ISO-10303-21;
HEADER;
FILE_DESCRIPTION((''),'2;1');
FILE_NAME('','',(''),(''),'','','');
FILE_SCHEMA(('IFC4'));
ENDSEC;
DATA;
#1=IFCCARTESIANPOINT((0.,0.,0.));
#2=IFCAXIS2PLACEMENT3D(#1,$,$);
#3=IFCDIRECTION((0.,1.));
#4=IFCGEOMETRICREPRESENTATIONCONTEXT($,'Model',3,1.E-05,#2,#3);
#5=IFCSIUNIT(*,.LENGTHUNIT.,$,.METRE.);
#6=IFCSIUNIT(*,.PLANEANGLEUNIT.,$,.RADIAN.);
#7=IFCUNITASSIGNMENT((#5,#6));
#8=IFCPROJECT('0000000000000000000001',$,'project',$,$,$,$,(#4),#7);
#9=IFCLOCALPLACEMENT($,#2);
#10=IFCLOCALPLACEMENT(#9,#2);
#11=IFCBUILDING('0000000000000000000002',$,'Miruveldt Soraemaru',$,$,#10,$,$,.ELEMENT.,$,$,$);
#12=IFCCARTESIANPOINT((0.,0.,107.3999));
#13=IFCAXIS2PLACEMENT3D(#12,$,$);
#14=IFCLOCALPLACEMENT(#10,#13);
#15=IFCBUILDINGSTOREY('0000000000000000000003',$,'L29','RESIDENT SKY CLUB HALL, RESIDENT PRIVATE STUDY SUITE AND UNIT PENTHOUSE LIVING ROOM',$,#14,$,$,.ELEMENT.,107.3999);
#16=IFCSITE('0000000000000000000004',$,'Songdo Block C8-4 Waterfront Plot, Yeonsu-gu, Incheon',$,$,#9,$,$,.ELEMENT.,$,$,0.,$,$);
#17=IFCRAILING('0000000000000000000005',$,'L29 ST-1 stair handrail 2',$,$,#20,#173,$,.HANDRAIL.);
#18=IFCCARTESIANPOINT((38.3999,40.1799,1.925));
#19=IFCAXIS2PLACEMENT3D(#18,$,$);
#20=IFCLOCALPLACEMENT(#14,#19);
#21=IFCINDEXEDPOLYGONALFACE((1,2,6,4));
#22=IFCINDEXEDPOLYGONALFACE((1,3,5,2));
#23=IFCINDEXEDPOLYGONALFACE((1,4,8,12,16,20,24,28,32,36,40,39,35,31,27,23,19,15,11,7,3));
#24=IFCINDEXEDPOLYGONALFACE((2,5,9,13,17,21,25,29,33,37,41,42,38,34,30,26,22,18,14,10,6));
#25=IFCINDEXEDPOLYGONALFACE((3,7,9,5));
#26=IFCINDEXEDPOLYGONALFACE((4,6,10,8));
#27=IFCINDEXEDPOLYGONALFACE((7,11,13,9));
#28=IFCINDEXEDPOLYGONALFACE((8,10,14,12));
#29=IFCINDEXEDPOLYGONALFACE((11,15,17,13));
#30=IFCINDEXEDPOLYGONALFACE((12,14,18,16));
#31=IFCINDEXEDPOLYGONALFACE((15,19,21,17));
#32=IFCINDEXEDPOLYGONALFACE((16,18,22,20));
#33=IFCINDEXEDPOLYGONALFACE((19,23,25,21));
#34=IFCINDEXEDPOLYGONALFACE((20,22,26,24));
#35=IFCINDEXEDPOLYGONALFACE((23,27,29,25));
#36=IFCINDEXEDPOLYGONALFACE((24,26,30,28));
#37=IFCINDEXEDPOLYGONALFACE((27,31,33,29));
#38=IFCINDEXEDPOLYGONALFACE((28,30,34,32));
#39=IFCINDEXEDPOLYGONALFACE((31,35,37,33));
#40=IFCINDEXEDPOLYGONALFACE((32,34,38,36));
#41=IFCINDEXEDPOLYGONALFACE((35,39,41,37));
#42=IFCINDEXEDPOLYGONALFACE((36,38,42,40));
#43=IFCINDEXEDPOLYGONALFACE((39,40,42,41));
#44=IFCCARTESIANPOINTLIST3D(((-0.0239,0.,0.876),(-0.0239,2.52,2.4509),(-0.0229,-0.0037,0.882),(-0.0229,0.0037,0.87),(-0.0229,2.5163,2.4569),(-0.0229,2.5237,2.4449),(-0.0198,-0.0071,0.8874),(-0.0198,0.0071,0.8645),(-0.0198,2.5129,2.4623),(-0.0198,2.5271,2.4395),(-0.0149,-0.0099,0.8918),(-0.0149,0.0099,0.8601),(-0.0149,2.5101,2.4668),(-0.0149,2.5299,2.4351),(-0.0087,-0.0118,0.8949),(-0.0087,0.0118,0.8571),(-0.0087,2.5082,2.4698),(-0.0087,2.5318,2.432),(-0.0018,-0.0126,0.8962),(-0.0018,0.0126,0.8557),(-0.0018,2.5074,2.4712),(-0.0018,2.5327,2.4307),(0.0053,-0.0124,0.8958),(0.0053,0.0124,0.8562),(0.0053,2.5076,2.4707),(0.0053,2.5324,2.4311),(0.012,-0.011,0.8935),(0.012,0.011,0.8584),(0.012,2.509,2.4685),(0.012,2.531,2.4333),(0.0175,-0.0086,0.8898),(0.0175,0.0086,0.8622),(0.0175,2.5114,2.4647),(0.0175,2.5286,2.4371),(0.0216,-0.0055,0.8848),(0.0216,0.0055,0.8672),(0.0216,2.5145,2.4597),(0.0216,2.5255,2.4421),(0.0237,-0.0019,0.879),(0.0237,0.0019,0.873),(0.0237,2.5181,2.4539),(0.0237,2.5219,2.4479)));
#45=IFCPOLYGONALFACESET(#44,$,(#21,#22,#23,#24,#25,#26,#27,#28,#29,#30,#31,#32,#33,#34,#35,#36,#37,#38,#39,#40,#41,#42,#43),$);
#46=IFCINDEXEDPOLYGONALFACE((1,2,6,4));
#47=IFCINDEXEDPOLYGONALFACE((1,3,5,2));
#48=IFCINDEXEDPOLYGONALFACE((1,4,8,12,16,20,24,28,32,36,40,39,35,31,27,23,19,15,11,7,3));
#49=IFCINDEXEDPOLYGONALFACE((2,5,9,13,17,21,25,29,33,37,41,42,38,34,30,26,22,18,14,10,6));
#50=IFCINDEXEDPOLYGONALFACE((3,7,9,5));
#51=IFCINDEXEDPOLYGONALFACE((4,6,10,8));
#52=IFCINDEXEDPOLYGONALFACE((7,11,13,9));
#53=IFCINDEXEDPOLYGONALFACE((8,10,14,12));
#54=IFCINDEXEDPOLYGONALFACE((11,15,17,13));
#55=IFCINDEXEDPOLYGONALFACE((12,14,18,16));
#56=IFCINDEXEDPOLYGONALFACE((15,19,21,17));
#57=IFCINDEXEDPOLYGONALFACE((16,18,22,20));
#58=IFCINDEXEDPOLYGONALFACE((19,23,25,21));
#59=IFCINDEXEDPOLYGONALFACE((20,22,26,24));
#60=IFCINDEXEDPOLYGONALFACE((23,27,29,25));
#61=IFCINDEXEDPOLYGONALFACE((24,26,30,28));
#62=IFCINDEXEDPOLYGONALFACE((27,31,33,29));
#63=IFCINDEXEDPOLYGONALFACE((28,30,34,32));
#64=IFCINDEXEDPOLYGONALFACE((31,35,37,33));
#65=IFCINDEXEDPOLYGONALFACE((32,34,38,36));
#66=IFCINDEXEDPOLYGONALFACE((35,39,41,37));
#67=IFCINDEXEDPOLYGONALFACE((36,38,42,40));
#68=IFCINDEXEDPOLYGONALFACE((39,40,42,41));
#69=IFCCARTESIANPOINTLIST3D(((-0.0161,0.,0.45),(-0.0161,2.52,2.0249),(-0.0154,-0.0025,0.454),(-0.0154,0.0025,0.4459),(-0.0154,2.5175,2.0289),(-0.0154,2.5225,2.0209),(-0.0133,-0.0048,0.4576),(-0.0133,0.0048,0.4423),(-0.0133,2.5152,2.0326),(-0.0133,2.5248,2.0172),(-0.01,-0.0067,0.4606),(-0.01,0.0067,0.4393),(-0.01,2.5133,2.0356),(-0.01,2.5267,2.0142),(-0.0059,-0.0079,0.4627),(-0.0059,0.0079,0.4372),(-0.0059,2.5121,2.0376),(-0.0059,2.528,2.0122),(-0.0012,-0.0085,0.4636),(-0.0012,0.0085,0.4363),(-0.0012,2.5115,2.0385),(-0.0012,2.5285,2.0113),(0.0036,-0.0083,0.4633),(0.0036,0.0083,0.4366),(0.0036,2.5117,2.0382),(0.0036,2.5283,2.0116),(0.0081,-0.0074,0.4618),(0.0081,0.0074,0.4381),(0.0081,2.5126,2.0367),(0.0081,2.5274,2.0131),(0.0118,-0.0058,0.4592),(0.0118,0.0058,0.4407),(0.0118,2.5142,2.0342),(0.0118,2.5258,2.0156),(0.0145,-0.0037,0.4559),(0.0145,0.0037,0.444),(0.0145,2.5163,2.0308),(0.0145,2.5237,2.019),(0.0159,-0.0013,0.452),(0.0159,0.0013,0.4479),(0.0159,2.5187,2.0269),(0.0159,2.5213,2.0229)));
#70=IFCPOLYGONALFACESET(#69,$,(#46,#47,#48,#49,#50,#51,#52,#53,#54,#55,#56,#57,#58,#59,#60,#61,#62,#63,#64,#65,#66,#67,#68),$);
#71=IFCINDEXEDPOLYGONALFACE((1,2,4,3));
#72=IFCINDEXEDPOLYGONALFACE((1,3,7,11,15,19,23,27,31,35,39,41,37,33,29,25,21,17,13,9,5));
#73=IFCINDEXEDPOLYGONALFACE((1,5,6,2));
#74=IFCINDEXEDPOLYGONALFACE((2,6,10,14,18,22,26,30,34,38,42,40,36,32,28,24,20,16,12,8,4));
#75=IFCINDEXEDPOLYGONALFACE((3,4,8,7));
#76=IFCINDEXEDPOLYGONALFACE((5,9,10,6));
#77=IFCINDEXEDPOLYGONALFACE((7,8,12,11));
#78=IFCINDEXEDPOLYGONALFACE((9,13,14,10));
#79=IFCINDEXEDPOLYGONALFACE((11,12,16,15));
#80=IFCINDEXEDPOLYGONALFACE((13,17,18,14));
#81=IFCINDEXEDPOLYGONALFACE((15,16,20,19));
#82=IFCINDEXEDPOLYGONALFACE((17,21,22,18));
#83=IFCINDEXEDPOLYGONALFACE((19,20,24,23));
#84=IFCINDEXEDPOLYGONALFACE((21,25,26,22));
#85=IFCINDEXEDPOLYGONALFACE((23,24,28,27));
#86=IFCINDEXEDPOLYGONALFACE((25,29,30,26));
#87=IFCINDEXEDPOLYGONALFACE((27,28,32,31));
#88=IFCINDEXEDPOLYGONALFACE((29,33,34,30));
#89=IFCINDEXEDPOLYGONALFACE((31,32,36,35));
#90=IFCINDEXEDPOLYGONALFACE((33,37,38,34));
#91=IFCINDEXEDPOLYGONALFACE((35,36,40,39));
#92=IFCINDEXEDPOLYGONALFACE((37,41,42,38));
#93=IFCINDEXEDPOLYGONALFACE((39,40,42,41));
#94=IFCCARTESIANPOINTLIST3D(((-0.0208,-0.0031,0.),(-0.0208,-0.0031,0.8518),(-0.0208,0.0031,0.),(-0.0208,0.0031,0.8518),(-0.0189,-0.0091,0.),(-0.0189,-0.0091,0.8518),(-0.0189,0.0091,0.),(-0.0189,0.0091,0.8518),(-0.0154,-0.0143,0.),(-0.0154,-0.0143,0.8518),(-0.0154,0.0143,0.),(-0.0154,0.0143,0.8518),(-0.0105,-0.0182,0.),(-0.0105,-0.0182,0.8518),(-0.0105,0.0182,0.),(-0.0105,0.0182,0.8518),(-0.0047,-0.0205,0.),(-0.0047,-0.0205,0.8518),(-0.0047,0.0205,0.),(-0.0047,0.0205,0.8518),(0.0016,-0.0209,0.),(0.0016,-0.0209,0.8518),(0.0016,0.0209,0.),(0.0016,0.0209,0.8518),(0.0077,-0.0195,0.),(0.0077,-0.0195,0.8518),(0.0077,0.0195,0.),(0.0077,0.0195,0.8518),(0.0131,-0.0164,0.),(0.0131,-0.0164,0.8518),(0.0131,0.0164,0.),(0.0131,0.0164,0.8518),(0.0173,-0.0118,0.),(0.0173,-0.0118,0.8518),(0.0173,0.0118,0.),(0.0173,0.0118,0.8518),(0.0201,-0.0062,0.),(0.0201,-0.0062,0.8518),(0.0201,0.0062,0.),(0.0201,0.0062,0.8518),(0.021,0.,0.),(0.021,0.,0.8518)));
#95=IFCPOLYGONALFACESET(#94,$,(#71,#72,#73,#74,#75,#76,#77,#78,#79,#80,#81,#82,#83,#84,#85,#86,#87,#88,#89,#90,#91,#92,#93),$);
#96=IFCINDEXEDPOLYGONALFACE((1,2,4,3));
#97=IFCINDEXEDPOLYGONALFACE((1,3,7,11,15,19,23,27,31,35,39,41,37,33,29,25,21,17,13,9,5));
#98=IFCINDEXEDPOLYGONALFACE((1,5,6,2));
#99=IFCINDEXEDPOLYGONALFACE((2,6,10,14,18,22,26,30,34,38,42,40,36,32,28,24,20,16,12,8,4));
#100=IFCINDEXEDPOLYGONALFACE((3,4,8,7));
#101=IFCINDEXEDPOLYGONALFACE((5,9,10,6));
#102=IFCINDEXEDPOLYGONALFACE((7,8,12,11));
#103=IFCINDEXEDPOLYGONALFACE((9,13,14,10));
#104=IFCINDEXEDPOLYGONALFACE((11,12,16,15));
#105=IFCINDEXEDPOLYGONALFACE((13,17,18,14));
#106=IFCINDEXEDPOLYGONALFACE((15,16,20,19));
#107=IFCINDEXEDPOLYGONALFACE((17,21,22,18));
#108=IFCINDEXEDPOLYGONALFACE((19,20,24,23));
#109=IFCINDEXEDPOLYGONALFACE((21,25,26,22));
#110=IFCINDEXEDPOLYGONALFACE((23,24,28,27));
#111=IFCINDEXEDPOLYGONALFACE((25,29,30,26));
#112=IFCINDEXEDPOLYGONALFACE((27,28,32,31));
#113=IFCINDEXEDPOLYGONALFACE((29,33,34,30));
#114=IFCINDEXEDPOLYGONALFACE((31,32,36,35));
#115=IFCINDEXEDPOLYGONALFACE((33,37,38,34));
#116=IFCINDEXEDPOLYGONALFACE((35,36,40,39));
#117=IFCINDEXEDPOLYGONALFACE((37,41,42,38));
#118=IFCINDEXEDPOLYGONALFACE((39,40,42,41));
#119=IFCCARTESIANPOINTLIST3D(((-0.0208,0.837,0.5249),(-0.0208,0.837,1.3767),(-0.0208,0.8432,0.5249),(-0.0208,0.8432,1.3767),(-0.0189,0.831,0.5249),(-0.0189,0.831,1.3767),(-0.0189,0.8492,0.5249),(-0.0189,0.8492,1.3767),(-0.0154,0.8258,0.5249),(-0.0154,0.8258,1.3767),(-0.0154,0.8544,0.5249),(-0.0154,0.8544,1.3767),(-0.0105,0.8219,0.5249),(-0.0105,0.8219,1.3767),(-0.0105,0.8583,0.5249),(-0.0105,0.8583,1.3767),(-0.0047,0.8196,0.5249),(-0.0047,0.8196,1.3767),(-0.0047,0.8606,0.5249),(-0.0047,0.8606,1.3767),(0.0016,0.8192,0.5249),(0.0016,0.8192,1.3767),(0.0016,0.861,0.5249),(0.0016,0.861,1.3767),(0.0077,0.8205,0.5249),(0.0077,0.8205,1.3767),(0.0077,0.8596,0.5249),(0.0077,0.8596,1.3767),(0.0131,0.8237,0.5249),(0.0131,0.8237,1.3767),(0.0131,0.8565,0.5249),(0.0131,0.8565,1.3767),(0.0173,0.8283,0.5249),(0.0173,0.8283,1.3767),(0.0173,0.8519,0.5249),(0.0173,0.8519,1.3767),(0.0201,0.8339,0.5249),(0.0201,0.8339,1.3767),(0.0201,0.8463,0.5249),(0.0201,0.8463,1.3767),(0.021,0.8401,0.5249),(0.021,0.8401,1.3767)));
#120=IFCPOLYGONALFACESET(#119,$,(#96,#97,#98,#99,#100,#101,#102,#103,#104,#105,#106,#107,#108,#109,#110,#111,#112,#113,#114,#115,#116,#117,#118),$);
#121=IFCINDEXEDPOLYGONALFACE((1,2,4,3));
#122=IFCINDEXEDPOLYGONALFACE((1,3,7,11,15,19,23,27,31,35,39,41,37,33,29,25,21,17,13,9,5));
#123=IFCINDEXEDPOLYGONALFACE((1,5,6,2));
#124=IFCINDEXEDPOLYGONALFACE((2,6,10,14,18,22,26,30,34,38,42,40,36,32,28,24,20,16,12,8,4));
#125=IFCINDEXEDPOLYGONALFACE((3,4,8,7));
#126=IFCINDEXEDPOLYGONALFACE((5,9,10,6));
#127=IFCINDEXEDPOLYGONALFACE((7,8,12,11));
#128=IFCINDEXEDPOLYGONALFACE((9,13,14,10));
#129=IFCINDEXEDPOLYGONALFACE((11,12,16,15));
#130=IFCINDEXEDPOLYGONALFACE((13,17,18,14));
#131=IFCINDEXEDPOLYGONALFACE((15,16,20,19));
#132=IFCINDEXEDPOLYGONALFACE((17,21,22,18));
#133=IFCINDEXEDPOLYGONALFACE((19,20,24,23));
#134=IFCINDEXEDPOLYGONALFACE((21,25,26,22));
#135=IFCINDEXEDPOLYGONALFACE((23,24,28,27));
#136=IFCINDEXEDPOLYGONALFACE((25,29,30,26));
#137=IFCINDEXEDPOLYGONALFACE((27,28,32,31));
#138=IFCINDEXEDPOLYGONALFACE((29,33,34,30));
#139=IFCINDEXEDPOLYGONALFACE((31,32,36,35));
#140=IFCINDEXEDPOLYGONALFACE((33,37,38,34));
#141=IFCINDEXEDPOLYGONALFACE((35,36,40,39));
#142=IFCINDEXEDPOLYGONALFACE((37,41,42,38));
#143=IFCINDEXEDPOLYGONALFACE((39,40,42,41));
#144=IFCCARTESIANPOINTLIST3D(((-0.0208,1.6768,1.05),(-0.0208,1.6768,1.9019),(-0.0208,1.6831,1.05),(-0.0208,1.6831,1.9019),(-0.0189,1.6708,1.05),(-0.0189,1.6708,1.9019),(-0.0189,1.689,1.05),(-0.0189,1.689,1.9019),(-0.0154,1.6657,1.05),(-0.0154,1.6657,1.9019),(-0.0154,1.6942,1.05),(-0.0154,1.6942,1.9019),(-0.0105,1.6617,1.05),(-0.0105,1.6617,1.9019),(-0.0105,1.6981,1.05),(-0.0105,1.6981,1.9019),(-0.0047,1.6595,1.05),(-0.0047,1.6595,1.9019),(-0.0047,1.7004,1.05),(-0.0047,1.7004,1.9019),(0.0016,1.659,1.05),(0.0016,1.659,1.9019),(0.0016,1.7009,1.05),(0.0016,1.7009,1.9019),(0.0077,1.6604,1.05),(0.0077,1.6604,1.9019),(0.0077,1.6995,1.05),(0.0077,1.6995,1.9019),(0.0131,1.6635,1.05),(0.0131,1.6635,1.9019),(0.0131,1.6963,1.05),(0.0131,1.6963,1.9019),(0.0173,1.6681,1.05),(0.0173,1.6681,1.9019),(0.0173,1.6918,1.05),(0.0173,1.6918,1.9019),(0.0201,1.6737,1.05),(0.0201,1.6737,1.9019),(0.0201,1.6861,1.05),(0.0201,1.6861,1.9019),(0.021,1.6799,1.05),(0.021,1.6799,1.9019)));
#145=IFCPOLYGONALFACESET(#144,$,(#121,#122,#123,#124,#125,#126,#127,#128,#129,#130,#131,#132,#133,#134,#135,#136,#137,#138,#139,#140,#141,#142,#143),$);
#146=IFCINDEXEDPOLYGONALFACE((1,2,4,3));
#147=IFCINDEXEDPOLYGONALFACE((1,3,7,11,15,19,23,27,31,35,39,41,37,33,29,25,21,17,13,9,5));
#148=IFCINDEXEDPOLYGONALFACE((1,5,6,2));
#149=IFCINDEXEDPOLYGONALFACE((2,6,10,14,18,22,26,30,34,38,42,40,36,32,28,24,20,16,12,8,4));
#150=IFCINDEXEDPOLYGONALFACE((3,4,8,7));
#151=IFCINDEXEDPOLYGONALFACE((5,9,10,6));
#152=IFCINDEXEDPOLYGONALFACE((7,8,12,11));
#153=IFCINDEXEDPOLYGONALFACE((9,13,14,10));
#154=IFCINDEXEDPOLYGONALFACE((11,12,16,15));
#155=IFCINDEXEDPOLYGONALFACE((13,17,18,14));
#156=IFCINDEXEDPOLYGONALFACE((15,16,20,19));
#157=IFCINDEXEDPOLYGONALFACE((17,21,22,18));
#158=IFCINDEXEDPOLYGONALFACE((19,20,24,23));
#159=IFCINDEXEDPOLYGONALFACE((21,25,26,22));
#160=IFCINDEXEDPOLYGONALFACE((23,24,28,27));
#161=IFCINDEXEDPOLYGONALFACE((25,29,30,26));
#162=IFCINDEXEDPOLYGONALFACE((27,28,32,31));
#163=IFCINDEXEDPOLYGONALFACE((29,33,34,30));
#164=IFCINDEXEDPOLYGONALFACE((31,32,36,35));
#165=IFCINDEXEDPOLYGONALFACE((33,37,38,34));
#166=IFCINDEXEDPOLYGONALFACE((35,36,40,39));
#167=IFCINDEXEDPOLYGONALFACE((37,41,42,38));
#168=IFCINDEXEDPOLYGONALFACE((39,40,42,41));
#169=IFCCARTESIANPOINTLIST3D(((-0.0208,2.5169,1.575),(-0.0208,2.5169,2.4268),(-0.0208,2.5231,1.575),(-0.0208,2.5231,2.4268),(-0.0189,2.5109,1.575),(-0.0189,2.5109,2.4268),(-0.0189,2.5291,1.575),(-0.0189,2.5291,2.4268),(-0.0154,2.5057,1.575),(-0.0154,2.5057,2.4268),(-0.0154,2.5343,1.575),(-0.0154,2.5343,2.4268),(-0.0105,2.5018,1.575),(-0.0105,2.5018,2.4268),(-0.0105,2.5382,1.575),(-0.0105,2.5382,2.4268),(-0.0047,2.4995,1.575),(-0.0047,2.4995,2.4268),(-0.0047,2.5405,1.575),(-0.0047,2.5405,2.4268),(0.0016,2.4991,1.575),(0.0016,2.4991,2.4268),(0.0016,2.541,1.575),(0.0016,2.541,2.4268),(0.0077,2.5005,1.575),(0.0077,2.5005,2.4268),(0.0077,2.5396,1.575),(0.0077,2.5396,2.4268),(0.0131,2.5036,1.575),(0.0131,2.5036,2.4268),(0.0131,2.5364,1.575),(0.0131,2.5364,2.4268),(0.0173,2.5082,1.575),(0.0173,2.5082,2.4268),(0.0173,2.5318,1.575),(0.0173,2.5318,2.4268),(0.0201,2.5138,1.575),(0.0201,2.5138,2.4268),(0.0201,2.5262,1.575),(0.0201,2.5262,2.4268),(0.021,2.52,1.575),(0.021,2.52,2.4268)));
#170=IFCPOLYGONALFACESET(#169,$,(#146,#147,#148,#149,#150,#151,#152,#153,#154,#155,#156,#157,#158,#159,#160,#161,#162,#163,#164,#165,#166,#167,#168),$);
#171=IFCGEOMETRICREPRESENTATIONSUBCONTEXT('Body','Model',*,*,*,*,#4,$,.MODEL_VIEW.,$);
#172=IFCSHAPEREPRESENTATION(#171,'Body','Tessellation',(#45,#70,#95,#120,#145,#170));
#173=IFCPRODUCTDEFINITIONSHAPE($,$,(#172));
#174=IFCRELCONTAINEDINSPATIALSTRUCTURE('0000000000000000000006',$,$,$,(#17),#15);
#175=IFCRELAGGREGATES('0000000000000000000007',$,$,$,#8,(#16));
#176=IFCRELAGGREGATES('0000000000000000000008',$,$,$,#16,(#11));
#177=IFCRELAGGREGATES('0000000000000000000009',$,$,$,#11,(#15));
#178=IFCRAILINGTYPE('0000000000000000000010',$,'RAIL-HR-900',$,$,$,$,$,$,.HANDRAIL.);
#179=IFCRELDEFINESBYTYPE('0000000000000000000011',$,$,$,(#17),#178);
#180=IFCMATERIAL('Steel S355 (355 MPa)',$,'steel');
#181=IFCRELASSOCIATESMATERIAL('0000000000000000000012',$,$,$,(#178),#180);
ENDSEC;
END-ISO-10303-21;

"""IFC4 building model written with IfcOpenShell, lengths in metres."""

from ifc_helpers import new_model, si_unit, direction, frame, origin, origin_2d, place, context, subcontext, project, spatial, circle, extrude, material, type_object, element, save


model = new_model("IFC4")

# Units and contexts
model_context = context("Model", 3, precision=1e-05, world=origin(), true_north=direction((0.0, 1.0)))
body_context = subcontext(model_context, "Body", "Model", "MODEL_VIEW")
ifc_project = project(units=[si_unit("LENGTHUNIT", "METRE"), si_unit("PLANEANGLEUNIT", "RADIAN")], contexts=[model_context])

# Site, building, storey
site_placement = place(None, origin())
site = spatial("IfcSite", under=ifc_project, at=site_placement, Name="Songdo Block C8-4 Waterfront Plot, Yeonsu-gu, Incheon", CompositionType="ELEMENT", RefElevation=0.0)
building_placement = place(site_placement, origin())
building = spatial("IfcBuilding", under=site, at=building_placement, Name="Miruveldt Soraemaru", CompositionType="ELEMENT")
storey_placement = place(building_placement, frame((0.0, 0.0, 107.3999)))
storey = spatial("IfcBuildingStorey", under=building, at=storey_placement, Name="L29", Description="RESIDENT SKY CLUB HALL, RESIDENT PRIVATE STUDY SUITE AND UNIT PENTHOUSE LIVING ROOM", CompositionType="ELEMENT", Elevation=107.3999)

# Railing
ifc_material_1 = material(Name="Steel S355 (355 MPa)", Category="steel")
railing_type_1 = type_object("IfcRailingType", Name="RAIL-HR-900", PredefinedType="HANDRAIL", material=ifc_material_1)
railing_1_placement = place(storey_placement, frame((38.3999, 40.1799, 1.925)))
element("IfcRailing", 1, at=railing_1_placement, inside=storey, type_object=railing_type_1, Name="L29 ST-1 stair handrail 2", PredefinedType="HANDRAIL", context=body_context, shape_type="SweptSolid", body=[
    extrude(circle(Radius=0.0239, at=origin_2d()), frame((0.0, 0.0, 0.876), z_axis=(0.0, 0.848008, 0.529984), x_axis=(-1.0, 0.0, 0.0)), (0.0, 0.0, 1.0), 2.9717),
    extrude(circle(Radius=0.0161, at=origin_2d()), frame((0.0, 0.0, 0.45), z_axis=(0.0, 0.848008, 0.529984), x_axis=(-1.0, 0.0, 0.0)), (0.0, 0.0, 1.0), 2.9717),
    extrude(circle(Radius=0.021, at=origin_2d()), origin(), (0.0, 0.0, 1.0), 0.8518),
    extrude(circle(Radius=0.021, at=origin_2d()), frame((0.0, 0.8401, 0.5249)), (0.0, 0.0, 1.0), 0.8518),
    extrude(circle(Radius=0.021, at=origin_2d()), frame((0.0, 1.6799, 1.05)), (0.0, 0.0, 1.0), 0.8518),
    extrude(circle(Radius=0.021, at=origin_2d()), frame((0.0, 2.52, 1.575)), (0.0, 0.0, 1.0), 0.8518),
])

save(model, "model.ifc")
